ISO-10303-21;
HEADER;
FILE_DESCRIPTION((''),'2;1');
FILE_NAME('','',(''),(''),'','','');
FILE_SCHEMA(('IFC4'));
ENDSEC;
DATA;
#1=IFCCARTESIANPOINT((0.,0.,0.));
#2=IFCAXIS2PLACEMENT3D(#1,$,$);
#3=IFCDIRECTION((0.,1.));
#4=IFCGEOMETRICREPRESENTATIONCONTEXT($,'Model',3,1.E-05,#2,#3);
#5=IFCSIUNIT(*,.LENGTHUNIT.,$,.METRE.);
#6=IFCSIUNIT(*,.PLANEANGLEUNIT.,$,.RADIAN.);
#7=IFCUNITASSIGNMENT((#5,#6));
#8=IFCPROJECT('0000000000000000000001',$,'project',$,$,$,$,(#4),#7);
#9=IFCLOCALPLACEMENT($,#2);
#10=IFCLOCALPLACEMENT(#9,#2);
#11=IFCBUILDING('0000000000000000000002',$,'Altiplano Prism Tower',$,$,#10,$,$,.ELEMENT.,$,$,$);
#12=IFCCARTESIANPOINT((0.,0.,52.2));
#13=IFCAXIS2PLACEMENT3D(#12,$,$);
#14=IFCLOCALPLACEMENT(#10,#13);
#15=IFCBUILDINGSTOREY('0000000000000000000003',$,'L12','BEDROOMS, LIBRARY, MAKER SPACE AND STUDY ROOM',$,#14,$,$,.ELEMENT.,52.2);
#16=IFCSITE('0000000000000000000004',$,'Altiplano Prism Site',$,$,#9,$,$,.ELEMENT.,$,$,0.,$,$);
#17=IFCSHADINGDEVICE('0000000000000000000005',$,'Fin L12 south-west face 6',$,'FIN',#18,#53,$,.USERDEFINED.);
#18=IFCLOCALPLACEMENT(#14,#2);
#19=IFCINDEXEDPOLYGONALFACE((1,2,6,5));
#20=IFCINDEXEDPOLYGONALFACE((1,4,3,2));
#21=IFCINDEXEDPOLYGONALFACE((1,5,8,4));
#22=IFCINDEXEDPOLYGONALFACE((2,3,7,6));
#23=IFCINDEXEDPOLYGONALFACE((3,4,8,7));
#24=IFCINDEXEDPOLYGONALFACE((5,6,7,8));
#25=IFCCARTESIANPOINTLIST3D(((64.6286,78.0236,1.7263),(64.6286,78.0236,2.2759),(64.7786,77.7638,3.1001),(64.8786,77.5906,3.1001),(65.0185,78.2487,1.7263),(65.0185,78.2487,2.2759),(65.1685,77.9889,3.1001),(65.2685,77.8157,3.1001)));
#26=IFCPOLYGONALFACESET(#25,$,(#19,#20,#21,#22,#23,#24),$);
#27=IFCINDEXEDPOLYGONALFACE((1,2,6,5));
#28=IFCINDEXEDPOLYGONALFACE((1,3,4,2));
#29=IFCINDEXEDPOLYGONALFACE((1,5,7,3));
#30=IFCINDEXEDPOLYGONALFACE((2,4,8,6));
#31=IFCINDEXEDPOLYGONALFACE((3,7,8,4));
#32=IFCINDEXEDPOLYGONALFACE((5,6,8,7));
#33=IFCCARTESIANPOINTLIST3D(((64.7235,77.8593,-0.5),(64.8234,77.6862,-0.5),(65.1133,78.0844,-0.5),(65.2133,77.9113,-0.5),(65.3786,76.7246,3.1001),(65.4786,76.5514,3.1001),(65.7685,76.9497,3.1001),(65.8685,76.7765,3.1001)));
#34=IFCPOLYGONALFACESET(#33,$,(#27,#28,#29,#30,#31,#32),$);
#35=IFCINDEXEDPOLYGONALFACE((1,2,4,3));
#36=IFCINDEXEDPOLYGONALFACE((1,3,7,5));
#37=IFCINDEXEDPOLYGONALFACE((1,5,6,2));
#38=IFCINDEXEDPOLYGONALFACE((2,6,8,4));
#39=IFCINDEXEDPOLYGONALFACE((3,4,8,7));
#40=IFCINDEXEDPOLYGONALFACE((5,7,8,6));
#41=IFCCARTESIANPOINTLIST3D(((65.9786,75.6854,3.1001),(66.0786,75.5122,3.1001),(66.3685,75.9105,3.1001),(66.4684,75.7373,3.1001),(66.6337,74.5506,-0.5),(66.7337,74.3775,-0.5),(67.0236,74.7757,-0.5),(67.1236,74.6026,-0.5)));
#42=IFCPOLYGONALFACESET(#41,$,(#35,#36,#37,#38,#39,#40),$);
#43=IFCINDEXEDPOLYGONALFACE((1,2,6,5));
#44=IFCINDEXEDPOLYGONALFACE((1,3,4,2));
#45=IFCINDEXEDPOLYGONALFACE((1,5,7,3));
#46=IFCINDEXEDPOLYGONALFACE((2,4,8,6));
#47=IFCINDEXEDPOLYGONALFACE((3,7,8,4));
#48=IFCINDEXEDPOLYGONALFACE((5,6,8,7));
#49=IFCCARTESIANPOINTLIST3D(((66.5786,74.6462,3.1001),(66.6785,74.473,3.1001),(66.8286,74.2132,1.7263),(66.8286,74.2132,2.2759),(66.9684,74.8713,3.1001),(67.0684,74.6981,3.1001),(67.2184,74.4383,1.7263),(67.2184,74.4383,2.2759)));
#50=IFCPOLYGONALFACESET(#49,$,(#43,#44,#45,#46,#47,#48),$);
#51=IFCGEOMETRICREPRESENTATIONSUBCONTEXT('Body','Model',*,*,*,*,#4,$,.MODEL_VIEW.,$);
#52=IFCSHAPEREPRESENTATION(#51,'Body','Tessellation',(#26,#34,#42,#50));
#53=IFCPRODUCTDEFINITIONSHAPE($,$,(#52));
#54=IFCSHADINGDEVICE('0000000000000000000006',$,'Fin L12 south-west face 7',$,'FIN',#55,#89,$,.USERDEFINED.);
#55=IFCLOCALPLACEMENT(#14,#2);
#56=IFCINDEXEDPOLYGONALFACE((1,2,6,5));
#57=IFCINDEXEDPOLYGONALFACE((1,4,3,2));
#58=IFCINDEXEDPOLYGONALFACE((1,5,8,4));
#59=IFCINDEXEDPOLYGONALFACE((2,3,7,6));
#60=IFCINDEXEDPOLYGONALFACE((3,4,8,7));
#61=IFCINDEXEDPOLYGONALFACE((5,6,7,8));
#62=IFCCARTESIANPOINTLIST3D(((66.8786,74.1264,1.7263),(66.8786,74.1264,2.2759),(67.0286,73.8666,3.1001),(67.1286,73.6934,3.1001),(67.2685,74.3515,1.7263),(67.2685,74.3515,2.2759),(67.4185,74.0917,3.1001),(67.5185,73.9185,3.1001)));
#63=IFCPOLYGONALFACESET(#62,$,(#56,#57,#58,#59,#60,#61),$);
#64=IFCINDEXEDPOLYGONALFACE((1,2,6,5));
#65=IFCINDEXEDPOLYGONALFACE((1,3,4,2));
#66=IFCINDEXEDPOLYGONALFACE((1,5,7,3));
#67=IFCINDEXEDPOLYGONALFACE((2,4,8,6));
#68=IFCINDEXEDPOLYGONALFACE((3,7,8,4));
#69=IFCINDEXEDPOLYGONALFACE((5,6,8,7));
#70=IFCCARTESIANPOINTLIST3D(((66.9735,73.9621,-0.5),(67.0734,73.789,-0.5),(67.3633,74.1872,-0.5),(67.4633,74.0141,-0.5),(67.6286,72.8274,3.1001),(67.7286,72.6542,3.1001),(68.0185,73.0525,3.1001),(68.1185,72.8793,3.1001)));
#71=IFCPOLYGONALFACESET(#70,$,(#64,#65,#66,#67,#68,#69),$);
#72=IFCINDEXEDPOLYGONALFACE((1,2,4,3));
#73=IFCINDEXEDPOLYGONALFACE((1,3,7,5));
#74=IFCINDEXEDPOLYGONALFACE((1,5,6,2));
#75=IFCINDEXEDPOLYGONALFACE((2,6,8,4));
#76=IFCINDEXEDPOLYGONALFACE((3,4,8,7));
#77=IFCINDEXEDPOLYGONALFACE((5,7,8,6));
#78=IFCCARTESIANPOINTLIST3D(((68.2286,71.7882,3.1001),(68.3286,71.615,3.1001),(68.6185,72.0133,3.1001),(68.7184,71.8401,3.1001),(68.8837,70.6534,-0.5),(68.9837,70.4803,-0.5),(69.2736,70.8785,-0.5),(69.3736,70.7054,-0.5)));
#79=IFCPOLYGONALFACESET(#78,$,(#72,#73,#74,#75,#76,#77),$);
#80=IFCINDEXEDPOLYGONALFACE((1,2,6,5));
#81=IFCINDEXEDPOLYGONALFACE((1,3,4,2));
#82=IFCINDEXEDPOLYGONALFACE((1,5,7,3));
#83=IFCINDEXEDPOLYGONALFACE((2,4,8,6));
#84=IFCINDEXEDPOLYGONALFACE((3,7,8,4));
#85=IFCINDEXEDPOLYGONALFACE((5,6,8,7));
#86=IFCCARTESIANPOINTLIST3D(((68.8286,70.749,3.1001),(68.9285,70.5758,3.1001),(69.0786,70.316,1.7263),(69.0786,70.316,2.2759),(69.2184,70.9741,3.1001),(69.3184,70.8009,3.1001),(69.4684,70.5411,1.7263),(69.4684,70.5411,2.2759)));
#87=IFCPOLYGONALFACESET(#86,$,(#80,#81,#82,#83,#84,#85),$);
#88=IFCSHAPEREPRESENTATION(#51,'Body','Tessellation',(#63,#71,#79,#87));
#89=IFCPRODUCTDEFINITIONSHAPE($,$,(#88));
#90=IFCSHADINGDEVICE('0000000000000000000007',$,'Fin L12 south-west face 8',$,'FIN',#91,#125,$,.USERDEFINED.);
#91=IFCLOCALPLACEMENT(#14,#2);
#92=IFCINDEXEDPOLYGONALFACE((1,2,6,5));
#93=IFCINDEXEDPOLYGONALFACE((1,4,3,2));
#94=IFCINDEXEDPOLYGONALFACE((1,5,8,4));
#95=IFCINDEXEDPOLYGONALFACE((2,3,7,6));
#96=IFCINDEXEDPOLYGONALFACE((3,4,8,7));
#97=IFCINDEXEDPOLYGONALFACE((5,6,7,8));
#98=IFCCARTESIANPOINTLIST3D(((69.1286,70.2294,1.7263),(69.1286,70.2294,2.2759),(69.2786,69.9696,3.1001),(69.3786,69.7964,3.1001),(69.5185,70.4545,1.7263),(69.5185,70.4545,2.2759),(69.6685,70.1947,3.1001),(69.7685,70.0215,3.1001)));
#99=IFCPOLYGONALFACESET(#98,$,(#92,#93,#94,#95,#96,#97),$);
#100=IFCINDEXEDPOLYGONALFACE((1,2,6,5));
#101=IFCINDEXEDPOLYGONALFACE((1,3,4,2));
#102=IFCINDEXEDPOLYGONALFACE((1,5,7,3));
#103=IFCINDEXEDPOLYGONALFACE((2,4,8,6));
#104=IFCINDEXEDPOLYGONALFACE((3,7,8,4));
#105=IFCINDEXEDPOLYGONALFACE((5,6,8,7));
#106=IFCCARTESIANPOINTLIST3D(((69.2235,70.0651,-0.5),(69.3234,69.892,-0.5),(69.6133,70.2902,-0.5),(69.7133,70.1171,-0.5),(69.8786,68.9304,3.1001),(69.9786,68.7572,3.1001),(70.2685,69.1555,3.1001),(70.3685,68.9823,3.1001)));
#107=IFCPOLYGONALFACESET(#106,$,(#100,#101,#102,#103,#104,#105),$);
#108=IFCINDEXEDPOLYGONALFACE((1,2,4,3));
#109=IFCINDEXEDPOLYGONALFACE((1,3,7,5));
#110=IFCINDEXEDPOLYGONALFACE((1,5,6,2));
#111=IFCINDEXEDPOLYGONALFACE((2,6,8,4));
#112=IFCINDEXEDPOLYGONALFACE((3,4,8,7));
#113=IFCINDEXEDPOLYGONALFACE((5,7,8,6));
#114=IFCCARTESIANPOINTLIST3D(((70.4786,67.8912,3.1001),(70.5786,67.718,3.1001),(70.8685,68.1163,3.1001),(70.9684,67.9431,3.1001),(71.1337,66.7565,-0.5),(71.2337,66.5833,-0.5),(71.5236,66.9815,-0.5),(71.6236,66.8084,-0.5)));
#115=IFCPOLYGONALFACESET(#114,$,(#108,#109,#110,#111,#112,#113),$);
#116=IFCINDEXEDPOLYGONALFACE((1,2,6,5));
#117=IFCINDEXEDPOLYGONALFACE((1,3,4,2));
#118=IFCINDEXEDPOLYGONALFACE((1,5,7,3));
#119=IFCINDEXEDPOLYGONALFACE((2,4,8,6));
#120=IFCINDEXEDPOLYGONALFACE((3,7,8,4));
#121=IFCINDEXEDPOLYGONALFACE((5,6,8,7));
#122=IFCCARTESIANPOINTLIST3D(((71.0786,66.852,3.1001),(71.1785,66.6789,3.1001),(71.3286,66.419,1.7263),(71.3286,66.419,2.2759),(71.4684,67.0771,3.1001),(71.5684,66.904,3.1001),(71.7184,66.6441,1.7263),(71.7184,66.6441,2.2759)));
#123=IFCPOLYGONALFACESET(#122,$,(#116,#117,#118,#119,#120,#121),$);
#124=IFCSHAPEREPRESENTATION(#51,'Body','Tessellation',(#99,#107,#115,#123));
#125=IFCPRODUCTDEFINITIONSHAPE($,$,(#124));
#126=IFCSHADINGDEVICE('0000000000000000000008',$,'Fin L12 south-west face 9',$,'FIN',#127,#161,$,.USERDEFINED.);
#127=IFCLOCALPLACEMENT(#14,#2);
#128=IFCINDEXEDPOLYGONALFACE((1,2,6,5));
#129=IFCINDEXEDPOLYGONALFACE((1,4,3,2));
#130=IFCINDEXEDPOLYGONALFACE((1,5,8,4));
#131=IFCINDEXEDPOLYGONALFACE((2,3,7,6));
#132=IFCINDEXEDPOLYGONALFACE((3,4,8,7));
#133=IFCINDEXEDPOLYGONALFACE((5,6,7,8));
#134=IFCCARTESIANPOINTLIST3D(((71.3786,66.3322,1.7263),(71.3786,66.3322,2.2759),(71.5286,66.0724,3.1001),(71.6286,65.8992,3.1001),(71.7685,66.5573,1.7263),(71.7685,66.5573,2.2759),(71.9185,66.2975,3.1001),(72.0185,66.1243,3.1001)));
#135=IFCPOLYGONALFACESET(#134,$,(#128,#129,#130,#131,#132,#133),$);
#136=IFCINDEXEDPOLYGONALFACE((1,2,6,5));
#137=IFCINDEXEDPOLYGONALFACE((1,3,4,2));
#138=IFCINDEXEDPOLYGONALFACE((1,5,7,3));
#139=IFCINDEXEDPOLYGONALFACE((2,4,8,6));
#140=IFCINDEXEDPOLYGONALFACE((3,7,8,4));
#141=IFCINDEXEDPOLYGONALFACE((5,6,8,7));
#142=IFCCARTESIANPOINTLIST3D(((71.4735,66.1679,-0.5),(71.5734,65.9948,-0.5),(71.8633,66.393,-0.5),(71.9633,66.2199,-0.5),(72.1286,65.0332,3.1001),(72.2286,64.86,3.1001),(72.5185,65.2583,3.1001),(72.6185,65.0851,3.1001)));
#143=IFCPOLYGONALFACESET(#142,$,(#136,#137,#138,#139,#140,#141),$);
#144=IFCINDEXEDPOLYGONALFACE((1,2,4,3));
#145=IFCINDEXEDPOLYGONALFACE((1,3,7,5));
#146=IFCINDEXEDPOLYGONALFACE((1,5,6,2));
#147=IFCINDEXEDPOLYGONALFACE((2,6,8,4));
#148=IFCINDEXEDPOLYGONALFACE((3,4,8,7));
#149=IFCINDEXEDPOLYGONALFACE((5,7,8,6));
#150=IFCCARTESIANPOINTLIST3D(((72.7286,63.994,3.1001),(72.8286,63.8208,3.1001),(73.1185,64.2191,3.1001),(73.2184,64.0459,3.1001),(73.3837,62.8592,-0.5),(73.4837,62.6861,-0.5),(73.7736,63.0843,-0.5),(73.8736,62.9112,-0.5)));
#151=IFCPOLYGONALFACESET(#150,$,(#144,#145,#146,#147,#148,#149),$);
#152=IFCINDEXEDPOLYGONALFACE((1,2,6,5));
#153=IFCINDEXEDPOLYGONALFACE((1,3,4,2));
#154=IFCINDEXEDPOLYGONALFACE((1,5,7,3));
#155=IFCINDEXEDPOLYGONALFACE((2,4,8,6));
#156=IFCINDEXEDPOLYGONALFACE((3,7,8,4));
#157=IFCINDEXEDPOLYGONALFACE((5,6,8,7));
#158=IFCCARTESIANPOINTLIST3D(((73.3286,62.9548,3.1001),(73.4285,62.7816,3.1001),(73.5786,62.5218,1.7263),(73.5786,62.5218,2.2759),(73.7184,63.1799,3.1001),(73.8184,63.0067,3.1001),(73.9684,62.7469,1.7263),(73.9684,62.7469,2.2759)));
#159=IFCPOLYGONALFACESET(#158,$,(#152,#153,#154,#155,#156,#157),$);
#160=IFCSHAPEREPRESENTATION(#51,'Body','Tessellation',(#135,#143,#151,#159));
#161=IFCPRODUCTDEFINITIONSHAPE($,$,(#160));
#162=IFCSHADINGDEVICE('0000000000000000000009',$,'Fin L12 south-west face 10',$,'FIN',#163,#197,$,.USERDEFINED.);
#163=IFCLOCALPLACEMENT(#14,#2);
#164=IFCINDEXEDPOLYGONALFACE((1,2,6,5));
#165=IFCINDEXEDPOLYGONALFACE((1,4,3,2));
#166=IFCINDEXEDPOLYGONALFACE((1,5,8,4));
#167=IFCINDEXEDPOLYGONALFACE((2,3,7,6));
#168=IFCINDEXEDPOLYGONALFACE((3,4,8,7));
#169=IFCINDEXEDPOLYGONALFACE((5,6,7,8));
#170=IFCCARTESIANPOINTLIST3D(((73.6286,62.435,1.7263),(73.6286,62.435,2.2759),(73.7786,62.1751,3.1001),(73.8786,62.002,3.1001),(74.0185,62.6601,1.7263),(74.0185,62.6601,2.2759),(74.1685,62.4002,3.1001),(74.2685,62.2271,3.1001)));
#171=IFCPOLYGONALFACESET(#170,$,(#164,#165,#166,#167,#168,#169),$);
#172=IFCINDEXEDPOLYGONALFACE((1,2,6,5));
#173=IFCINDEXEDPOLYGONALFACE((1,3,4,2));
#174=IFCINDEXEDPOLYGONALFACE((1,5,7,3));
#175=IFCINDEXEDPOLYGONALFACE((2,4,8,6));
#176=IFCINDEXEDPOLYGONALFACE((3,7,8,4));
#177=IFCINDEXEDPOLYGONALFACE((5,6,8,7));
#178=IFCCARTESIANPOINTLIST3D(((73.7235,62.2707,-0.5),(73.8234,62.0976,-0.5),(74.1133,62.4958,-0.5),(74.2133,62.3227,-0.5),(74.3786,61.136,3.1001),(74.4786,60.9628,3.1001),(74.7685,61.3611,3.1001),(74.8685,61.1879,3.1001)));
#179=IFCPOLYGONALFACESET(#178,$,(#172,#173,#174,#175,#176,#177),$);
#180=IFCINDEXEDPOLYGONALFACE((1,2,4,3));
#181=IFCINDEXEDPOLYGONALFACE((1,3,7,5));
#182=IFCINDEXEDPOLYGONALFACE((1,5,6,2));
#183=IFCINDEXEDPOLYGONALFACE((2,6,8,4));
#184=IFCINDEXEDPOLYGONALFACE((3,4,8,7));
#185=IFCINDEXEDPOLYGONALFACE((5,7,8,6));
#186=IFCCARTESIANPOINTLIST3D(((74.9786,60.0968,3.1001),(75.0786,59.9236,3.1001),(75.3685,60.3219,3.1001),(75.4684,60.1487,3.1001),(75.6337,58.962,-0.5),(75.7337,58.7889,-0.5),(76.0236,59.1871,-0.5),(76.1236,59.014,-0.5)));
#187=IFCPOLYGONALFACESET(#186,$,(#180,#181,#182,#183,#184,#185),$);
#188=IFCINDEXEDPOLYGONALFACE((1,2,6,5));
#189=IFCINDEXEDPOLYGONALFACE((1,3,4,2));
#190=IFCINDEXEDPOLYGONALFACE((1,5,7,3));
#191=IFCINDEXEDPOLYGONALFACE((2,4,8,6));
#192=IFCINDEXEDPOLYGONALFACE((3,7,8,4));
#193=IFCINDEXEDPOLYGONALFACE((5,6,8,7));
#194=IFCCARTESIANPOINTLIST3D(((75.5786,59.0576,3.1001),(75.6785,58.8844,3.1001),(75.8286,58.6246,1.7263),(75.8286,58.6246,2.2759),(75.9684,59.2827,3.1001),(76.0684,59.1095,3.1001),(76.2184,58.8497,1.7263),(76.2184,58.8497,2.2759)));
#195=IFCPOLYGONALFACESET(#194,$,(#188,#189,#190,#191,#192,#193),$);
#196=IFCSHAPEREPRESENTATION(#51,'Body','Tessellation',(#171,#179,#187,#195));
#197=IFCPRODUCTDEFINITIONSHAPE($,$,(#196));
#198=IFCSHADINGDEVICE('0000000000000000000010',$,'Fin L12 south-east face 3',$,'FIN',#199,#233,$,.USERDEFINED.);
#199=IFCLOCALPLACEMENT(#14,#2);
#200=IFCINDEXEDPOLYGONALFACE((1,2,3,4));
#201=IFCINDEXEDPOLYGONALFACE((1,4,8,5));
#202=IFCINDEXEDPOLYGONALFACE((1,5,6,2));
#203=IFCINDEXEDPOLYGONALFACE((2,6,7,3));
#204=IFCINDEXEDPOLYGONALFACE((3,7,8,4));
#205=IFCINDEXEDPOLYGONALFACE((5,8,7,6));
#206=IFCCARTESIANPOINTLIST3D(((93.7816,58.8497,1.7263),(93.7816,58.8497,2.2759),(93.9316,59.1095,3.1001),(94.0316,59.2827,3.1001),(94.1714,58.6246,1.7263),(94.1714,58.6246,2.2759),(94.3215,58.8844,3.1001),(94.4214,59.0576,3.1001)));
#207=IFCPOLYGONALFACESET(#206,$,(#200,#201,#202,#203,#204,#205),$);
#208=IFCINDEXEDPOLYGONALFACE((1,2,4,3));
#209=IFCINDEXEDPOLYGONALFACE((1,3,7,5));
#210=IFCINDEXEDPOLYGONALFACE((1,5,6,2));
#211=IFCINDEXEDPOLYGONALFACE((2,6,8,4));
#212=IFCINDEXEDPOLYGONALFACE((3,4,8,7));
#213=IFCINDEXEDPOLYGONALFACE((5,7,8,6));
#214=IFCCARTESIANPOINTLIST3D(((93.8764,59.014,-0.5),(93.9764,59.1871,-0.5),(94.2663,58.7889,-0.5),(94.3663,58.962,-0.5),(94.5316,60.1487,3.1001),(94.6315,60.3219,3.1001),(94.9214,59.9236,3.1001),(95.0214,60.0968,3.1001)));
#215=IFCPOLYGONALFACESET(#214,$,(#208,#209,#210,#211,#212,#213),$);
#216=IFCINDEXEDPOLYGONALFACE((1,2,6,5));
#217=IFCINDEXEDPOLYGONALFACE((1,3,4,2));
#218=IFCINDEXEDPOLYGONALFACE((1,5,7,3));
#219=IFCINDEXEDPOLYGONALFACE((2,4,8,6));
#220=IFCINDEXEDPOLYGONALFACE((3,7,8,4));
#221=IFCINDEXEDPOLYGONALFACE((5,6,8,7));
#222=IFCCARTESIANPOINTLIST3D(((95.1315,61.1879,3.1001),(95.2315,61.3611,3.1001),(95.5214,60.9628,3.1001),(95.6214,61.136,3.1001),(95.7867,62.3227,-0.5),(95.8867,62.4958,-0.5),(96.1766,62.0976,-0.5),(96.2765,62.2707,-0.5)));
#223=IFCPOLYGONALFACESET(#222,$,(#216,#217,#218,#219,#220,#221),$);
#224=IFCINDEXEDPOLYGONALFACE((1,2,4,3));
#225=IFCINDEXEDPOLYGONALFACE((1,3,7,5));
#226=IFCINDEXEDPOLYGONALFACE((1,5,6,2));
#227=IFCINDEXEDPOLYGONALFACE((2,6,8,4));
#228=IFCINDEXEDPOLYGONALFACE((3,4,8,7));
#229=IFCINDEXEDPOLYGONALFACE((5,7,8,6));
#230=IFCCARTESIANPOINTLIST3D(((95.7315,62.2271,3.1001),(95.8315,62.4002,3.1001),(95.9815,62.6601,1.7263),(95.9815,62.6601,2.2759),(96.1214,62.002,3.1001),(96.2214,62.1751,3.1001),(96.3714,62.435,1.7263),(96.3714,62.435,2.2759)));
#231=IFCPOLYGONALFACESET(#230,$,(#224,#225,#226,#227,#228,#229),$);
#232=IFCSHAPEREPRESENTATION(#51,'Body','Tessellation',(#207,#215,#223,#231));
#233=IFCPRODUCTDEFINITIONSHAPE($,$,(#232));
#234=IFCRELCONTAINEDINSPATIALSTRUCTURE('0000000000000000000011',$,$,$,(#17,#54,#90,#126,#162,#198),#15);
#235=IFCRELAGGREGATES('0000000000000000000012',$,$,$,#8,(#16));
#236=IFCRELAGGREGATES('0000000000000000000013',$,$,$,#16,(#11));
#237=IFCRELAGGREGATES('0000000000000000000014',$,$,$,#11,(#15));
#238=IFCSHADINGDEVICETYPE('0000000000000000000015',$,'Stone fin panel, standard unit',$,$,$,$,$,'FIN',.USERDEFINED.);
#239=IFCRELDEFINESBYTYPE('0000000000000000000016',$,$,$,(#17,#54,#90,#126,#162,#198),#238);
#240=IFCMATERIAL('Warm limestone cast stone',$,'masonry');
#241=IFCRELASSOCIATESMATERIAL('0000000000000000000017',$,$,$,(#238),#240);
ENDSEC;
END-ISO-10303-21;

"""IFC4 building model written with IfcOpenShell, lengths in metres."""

from ifc_helpers import new_model, si_unit, direction, frame, origin, place, context, subcontext, project, spatial, polyline, outline, extrude, source, transform, mapped, material, type_object, element, save


model = new_model("IFC4")

# Units and contexts
model_context = context("Model", 3, precision=1e-05, world=origin(), true_north=direction((0.0, 1.0)))
body_context = subcontext(model_context, "Body", "Model", "MODEL_VIEW")
ifc_project = project(units=[si_unit("LENGTHUNIT", "METRE"), si_unit("PLANEANGLEUNIT", "RADIAN")], contexts=[model_context])

# Site, building, storey
site_placement = place(None, origin())
site = spatial("IfcSite", under=ifc_project, at=site_placement, Name="Altiplano Prism Site", CompositionType="ELEMENT", RefElevation=0.0)
building_placement = place(site_placement, origin())
building = spatial("IfcBuilding", under=site, at=building_placement, Name="Altiplano Prism Tower", CompositionType="ELEMENT")
storey_placement = place(building_placement, frame((0.0, 0.0, 52.2)))
storey = spatial("IfcBuildingStorey", under=building, at=storey_placement, Name="L12", Description="BEDROOMS, LIBRARY, MAKER SPACE AND STUDY ROOM", CompositionType="ELEMENT", Elevation=52.2)

# Shading devices
ifc_material_1 = material(Name="Warm limestone cast stone", Category="masonry")
shading_device_type_1 = type_object("IfcShadingDeviceType", Name="Stone fin panel, standard unit", ElementType="FIN", PredefinedType="USERDEFINED", material=ifc_material_1)
shared_shape_1 = source(origin(), body_context, "Body", "SweptSolid", [
    extrude(outline(polyline([(-2.2, 2.2263), (-1.7, 3.6001), (-1.8999, 3.6001), (-2.2, 2.7759), (-2.2, 2.2263)])), frame((0.0, -0.1499, 0.0), z_axis=(0.0, -1.0, 0.0), x_axis=(1.0, 0.0, 0.0)), (0.0, 0.0, 1.0), 0.4502),
    extrude(outline(polyline([(-2.0103, 0.0), (-1.8103, 0.0), (-0.5, 3.6001), (-0.7, 3.6001), (-2.0103, 0.0)])), frame((0.0, -0.1499, 0.0), z_axis=(0.0, -1.0, 0.0), x_axis=(1.0, 0.0, 0.0)), (0.0, 0.0, 1.0), 0.4502),
    extrude(outline(polyline([(1.8103, 0.0), (2.0103, 0.0), (0.7, 3.6001), (0.5, 3.6001), (1.8103, 0.0)])), frame((0.0, -0.1499, 0.0), z_axis=(0.0, -1.0, 0.0), x_axis=(1.0, 0.0, 0.0)), (0.0, 0.0, 1.0), 0.4502),
    extrude(outline(polyline([(2.2, 2.7759), (1.8999, 3.6001), (1.7, 3.6001), (2.2, 2.2263), (2.2, 2.7759)])), frame((0.0, -0.1499, 0.0), z_axis=(0.0, -1.0, 0.0), x_axis=(1.0, 0.0, 0.0)), (0.0, 0.0, 1.0), 0.4502),
])
shading_device_1_placement = place(storey_placement, origin())
element("IfcShadingDevice", 1, at=shading_device_1_placement, inside=storey, type_object=shading_device_type_1, Name="Fin L12 south-west face 6", ObjectType="FIN", PredefinedType="USERDEFINED", context=body_context, shape_type="MappedRepresentation", body=[
    mapped(shared_shape_1, transform((66.2483, 76.4185, -0.5), x_axis=(0.5, -0.866025, 0.0), y_axis=(0.866025, 0.5, 0.0), z_axis=(0.0, 0.0, 1.0))),
])
shading_device_2_placement = place(storey_placement, origin())
element("IfcShadingDevice", 2, at=shading_device_2_placement, inside=storey, type_object=shading_device_type_1, Name="Fin L12 south-west face 7", ObjectType="FIN", PredefinedType="USERDEFINED", context=body_context, shape_type="MappedRepresentation", body=[
    mapped(shared_shape_1, transform((68.4983, 72.5212, -0.5), x_axis=(0.5, -0.866025, 0.0), y_axis=(0.866025, 0.5, 0.0), z_axis=(0.0, 0.0, 1.0))),
])
shading_device_3_placement = place(storey_placement, origin())
element("IfcShadingDevice", 3, at=shading_device_3_placement, inside=storey, type_object=shading_device_type_1, Name="Fin L12 south-west face 8", ObjectType="FIN", PredefinedType="USERDEFINED", context=body_context, shape_type="MappedRepresentation", body=[
    mapped(shared_shape_1, transform((70.7483, 68.6243, -0.5), x_axis=(0.5, -0.866025, 0.0), y_axis=(0.866025, 0.5, 0.0), z_axis=(0.0, 0.0, 1.0))),
])
shading_device_4_placement = place(storey_placement, origin())
element("IfcShadingDevice", 4, at=shading_device_4_placement, inside=storey, type_object=shading_device_type_1, Name="Fin L12 south-west face 9", ObjectType="FIN", PredefinedType="USERDEFINED", context=body_context, shape_type="MappedRepresentation", body=[
    mapped(shared_shape_1, transform((72.9983, 64.7271, -0.5), x_axis=(0.5, -0.866025, 0.0), y_axis=(0.866025, 0.5, 0.0), z_axis=(0.0, 0.0, 1.0))),
])
shading_device_5_placement = place(storey_placement, origin())
element("IfcShadingDevice", 5, at=shading_device_5_placement, inside=storey, type_object=shading_device_type_1, Name="Fin L12 south-west face 10", ObjectType="FIN", PredefinedType="USERDEFINED", context=body_context, shape_type="MappedRepresentation", body=[
    mapped(shared_shape_1, transform((75.2483, 60.8298, -0.5), x_axis=(0.5, -0.866025, 0.0), y_axis=(0.866025, 0.5, 0.0), z_axis=(0.0, 0.0, 1.0))),
])
shading_device_6_placement = place(storey_placement, origin())
element("IfcShadingDevice", 6, at=shading_device_6_placement, inside=storey, type_object=shading_device_type_1, Name="Fin L12 south-east face 3", ObjectType="FIN", PredefinedType="USERDEFINED", context=body_context, shape_type="MappedRepresentation", body=[
    mapped(shared_shape_1, transform((94.7517, 60.8298, -0.5), x_axis=(0.5, 0.866025, 0.0), y_axis=(-0.866025, 0.5, 0.0), z_axis=(0.0, 0.0, 1.0))),
])

save(model, "model.ifc")
